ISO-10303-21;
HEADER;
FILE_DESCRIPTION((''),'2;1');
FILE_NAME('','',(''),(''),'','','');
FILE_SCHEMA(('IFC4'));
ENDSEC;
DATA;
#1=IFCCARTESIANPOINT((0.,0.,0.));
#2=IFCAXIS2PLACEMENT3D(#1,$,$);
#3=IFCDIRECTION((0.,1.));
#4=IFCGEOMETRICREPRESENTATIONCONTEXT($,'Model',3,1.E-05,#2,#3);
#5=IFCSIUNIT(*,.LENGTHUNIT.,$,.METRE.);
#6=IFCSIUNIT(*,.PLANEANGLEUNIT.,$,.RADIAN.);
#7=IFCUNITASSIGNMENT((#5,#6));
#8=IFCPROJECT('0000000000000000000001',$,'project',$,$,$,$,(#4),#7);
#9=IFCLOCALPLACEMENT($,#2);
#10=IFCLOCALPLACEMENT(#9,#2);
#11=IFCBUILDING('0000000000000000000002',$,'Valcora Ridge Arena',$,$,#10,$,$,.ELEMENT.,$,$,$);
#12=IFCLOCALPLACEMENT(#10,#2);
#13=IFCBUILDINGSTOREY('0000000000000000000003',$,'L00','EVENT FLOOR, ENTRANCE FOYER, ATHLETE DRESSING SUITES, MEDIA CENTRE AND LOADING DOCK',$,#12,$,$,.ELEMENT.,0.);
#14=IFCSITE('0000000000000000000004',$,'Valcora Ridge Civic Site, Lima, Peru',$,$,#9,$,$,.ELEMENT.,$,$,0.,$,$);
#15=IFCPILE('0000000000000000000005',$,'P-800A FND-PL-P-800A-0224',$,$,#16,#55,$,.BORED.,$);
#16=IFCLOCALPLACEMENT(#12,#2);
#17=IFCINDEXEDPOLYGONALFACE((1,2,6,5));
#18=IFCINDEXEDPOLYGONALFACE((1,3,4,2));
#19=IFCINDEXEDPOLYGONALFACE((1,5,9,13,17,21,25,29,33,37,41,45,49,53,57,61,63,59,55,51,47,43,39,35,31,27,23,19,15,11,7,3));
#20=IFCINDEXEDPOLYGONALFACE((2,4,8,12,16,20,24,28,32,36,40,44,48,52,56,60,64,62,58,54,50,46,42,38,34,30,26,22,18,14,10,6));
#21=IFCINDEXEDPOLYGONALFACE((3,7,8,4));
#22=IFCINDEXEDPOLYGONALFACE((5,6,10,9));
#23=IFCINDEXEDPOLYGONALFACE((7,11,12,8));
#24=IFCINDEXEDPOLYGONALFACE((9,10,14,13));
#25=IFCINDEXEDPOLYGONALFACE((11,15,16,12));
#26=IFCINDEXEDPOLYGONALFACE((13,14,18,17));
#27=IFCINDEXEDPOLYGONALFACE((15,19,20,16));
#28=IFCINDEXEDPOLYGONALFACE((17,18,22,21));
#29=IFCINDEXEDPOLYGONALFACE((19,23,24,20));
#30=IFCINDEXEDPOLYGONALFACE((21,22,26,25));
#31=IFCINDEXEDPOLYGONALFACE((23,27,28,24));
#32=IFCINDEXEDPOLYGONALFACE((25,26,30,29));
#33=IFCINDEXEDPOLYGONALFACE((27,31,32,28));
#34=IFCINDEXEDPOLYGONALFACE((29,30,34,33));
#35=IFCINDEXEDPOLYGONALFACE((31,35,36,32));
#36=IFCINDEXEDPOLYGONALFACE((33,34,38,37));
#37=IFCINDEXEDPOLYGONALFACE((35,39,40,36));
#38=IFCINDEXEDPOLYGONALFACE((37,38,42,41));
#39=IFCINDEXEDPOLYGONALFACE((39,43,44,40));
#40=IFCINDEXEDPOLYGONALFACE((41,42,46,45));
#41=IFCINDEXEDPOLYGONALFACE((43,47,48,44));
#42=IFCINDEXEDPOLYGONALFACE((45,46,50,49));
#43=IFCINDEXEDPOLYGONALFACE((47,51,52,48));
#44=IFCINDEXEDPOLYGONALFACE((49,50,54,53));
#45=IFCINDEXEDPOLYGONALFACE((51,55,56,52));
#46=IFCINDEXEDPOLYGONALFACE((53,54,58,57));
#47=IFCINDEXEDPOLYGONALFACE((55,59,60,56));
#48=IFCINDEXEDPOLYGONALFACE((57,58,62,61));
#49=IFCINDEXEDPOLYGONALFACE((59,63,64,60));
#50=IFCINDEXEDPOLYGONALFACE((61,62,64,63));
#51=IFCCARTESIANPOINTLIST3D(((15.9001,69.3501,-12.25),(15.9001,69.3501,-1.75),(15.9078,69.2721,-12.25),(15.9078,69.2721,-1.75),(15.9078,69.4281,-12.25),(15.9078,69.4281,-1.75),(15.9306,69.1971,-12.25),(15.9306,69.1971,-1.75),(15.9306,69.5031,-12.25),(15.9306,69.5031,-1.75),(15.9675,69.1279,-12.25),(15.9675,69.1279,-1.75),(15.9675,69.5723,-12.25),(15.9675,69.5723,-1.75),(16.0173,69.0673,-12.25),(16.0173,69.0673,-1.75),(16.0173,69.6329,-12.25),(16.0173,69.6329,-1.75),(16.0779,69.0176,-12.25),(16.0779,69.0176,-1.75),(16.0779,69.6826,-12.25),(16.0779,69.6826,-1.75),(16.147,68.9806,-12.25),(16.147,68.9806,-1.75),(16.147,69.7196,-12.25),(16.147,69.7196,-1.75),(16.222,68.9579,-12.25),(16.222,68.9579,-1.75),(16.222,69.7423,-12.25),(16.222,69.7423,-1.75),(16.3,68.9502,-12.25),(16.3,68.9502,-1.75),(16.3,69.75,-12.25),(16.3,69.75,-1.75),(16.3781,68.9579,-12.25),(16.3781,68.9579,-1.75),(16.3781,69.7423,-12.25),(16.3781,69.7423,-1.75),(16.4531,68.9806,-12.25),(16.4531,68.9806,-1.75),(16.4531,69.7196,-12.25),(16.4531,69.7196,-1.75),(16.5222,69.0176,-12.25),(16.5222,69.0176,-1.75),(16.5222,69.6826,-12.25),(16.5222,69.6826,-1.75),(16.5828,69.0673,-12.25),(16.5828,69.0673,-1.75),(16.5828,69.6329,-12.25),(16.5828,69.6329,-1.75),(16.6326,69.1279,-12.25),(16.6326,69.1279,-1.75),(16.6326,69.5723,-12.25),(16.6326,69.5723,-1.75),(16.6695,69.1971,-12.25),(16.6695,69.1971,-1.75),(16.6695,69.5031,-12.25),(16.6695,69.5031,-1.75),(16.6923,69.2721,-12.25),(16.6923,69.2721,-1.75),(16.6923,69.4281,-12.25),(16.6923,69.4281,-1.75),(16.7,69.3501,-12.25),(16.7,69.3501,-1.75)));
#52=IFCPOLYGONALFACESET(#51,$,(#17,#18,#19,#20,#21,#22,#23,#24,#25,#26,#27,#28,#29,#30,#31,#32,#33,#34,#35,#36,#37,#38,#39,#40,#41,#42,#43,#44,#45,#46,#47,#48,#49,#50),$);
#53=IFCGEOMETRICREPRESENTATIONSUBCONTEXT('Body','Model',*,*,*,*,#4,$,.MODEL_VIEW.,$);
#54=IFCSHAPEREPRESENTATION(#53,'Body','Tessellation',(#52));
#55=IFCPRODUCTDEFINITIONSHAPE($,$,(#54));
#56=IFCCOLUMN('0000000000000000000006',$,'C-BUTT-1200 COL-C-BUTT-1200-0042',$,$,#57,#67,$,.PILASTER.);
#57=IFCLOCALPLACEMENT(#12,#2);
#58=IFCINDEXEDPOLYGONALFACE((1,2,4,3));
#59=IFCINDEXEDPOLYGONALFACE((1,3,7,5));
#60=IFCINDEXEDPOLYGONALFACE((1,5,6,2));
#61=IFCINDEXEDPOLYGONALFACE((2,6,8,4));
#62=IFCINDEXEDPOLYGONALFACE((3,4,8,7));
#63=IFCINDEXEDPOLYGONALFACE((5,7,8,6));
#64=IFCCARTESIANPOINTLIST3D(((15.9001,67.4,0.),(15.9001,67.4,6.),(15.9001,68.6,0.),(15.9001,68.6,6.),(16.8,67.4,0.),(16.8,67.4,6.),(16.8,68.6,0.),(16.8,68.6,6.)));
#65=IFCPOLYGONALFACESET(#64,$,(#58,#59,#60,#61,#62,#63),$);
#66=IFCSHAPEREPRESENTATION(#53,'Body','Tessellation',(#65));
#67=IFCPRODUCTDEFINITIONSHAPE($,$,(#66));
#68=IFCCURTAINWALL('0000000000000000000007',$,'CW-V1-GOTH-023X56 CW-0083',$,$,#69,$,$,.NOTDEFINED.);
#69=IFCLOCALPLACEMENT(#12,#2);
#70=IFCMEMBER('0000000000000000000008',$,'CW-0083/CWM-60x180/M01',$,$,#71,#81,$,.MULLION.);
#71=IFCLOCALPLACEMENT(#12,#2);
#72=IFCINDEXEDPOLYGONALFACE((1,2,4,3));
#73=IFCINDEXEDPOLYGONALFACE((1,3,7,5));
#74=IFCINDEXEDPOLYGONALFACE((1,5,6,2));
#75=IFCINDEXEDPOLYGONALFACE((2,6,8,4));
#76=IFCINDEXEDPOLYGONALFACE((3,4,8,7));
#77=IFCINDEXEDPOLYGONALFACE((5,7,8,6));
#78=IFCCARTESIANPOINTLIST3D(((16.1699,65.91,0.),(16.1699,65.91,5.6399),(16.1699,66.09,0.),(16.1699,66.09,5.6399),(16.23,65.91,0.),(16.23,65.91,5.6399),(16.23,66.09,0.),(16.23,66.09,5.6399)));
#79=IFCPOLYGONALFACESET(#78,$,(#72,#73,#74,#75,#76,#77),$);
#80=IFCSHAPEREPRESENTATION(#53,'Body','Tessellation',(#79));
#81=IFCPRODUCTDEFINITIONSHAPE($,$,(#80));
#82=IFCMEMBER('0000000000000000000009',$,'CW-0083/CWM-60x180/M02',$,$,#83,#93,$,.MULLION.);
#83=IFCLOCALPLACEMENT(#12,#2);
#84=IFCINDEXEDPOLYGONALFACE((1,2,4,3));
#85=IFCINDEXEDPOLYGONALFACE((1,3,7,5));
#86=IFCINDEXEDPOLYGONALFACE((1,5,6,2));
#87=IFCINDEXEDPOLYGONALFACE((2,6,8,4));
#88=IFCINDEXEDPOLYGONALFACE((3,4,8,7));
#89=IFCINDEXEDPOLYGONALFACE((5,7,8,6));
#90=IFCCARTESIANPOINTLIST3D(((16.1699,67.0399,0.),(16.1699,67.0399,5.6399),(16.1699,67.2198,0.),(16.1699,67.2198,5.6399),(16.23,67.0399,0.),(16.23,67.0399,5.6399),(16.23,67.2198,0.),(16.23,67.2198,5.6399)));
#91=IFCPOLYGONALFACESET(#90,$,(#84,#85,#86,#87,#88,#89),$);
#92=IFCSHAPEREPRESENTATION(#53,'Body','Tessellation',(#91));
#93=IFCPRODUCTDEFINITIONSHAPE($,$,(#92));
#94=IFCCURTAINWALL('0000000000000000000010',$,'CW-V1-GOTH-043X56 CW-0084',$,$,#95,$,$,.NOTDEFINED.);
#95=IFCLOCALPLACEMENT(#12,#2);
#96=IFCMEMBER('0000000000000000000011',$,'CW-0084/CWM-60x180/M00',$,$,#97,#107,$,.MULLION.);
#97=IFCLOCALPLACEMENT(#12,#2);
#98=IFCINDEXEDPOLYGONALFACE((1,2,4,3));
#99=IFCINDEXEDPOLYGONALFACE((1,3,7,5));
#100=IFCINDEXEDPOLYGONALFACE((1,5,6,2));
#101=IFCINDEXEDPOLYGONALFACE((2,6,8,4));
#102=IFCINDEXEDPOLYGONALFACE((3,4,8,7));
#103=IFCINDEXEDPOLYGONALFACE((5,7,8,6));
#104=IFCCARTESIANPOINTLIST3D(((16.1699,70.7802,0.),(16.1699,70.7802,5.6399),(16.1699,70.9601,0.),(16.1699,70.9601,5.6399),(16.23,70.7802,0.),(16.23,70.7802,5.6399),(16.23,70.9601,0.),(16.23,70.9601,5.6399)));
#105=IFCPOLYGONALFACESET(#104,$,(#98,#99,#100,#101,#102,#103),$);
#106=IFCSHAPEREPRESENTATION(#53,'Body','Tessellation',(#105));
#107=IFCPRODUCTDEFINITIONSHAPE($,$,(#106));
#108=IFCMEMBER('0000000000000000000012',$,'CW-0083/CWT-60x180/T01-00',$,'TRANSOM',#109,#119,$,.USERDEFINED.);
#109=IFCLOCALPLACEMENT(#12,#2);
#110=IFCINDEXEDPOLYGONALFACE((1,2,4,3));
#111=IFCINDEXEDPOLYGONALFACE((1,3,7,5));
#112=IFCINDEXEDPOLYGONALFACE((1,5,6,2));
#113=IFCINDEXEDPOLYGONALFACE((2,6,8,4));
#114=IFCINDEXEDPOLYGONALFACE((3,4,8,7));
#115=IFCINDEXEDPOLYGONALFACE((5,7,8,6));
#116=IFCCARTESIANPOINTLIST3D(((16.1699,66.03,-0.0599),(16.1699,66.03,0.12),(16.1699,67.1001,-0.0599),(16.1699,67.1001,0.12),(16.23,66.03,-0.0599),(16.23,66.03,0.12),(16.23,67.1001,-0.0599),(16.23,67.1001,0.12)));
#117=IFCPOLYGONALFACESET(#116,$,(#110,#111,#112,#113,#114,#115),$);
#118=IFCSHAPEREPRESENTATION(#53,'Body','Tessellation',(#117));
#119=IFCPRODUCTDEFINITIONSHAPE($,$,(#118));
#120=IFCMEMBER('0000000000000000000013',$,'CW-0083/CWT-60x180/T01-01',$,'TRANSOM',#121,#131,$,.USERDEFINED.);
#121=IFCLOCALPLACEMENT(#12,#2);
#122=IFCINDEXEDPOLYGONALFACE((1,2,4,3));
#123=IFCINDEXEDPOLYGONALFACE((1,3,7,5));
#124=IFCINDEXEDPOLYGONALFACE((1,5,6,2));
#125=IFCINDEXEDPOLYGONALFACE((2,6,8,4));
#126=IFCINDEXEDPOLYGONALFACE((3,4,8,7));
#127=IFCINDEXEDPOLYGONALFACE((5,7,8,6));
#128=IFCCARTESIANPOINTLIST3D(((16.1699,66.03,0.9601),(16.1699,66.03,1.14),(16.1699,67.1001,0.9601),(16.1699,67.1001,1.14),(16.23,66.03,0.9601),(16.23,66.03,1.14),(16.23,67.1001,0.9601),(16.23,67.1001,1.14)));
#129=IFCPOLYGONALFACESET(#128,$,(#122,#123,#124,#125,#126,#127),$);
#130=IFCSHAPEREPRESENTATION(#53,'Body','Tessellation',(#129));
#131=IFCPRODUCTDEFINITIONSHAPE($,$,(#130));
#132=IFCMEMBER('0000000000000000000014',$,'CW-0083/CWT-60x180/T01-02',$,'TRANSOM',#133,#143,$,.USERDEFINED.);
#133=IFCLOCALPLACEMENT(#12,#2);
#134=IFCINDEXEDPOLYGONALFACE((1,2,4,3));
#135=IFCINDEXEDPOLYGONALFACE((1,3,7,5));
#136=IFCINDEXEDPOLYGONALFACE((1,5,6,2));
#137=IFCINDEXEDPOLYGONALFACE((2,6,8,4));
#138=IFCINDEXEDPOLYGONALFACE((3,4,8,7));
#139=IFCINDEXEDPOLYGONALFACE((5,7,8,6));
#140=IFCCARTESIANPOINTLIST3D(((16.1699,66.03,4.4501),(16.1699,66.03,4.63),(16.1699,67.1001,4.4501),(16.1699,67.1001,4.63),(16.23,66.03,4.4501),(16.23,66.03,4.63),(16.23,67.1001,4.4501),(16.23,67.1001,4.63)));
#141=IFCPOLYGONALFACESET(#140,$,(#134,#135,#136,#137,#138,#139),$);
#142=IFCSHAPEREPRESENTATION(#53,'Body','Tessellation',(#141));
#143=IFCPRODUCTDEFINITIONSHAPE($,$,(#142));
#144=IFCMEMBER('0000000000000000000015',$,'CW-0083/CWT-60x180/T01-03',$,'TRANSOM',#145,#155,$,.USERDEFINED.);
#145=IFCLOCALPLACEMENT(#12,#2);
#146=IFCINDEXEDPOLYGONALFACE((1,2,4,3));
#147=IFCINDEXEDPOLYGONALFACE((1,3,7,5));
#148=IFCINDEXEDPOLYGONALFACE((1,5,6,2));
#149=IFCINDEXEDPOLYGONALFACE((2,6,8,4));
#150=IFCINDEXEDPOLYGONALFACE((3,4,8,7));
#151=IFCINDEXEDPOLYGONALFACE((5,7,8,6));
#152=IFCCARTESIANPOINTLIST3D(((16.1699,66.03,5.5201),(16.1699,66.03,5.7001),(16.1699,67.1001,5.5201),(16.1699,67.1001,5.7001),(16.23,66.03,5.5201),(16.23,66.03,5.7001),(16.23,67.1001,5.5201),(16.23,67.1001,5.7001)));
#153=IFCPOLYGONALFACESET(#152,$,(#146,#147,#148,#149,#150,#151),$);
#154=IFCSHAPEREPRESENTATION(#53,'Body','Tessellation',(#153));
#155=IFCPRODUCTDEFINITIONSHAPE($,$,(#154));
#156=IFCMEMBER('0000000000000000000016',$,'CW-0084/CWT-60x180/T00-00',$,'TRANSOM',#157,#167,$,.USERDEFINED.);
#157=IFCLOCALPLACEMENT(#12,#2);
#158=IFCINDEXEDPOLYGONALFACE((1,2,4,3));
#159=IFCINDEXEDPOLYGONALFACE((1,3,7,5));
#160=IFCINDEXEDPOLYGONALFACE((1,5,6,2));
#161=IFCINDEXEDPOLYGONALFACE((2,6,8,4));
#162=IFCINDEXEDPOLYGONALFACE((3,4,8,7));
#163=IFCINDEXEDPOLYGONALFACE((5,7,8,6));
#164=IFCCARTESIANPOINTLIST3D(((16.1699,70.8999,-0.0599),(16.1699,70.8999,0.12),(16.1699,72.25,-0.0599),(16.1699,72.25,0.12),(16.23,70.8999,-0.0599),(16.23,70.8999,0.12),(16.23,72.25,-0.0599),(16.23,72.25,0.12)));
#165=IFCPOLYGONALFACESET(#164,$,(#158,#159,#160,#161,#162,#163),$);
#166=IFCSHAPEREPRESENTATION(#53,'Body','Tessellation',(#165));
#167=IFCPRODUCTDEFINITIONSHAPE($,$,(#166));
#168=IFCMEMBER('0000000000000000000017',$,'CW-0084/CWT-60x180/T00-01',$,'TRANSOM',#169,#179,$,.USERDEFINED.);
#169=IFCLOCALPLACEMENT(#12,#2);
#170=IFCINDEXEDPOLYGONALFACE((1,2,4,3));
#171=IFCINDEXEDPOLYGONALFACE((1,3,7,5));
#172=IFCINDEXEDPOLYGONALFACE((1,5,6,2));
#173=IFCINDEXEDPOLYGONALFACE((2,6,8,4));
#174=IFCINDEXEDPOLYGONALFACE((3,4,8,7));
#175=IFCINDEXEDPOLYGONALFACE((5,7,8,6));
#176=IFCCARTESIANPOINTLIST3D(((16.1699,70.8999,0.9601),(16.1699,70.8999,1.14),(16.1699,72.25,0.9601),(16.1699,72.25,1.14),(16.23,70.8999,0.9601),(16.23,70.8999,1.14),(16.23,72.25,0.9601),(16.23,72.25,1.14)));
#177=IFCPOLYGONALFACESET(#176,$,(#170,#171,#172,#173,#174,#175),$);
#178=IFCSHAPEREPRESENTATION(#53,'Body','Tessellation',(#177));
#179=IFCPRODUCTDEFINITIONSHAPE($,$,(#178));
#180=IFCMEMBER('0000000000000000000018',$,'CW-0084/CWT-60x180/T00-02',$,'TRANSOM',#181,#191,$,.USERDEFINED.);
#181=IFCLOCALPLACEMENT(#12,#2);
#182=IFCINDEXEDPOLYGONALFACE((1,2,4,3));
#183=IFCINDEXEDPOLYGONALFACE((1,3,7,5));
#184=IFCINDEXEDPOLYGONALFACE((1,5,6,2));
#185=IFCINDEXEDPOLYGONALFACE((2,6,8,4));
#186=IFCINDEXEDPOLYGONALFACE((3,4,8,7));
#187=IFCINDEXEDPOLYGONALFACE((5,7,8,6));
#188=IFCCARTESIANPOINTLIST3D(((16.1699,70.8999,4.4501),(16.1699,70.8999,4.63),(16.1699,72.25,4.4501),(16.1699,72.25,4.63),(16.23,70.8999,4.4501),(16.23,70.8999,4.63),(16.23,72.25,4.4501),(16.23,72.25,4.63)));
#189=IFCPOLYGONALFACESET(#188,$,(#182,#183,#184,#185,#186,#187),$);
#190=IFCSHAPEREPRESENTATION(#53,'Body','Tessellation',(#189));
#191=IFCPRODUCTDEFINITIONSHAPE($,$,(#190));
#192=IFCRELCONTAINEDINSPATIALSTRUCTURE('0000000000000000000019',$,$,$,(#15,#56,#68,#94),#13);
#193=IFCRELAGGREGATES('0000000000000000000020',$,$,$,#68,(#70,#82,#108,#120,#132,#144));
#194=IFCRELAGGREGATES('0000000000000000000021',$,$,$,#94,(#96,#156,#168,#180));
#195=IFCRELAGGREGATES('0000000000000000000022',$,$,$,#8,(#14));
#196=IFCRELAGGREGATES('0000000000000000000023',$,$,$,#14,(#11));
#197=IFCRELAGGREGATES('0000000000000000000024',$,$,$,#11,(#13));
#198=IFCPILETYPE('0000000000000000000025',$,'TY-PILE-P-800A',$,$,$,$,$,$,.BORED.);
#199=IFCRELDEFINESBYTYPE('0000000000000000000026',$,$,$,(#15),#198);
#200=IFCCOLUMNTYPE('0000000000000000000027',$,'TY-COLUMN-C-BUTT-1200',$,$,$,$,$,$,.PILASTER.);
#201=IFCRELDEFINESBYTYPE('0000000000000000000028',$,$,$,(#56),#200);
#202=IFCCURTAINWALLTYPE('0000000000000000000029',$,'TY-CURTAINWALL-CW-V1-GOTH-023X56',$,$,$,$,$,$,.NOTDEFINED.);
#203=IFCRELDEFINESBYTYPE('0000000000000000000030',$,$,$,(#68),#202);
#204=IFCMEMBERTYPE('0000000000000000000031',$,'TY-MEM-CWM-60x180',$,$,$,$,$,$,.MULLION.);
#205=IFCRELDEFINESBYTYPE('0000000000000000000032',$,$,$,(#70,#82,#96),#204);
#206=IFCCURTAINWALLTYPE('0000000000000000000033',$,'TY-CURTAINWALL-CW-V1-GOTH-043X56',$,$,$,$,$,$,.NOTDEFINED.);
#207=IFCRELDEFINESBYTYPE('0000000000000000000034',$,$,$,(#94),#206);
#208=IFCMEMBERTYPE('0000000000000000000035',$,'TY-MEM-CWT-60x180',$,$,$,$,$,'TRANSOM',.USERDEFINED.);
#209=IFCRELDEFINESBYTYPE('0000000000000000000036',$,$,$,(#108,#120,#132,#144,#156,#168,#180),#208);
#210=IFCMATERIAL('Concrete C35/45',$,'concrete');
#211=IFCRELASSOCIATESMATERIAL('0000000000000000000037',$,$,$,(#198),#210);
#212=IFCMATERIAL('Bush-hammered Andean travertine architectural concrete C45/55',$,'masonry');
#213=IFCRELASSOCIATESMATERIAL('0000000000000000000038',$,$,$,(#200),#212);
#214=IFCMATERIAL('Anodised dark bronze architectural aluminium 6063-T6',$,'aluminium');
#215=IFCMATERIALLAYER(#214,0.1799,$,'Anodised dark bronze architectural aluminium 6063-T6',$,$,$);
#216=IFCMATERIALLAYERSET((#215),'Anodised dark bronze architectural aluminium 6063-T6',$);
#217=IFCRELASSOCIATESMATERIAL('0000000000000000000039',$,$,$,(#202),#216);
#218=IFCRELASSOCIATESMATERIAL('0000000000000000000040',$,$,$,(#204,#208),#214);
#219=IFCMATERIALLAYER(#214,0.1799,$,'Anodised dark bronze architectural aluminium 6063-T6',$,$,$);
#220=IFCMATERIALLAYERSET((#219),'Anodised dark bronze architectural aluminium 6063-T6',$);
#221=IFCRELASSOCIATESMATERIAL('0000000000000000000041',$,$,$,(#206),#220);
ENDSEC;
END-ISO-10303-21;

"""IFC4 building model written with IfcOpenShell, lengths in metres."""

from ifc_helpers import new_model, si_unit, direction, frame, origin, origin_2d, place, context, subcontext, project, spatial, rectangle, circle, extrude, material, layer, layer_set, material_profile, profile_set, type_object, element, aggregate, save


model = new_model("IFC4")

# Units and contexts
model_context = context("Model", 3, precision=1e-05, world=origin(), true_north=direction((0.0, 1.0)))
body_context = subcontext(model_context, "Body", "Model", "MODEL_VIEW")
ifc_project = project(units=[si_unit("LENGTHUNIT", "METRE"), si_unit("PLANEANGLEUNIT", "RADIAN")], contexts=[model_context])

# Site, building, storey
site_placement = place(None, origin())
site = spatial("IfcSite", under=ifc_project, at=site_placement, Name="Valcora Ridge Civic Site, Lima, Peru", CompositionType="ELEMENT", RefElevation=0.0)
building_placement = place(site_placement, origin())
building = spatial("IfcBuilding", under=site, at=building_placement, Name="Valcora Ridge Arena", CompositionType="ELEMENT")
storey_placement = place(building_placement, origin())
storey = spatial("IfcBuildingStorey", under=building, at=storey_placement, Name="L00", Description="EVENT FLOOR, ENTRANCE FOYER, ATHLETE DRESSING SUITES, MEDIA CENTRE AND LOADING DOCK", CompositionType="ELEMENT", Elevation=0.0)

# Pile
ifc_material_1 = material(Name="Concrete C35/45", Category="concrete")
ifc_material_profile_1 = material_profile(ifc_material_1, circle(Radius=0.3999, at=origin_2d()), Name="BORED PILE D800")
ifc_profile_set_1 = profile_set([ifc_material_profile_1], Name="Concrete C35/45")
pile_type = type_object("IfcPileType", Name="TY-PILE-P-800A", PredefinedType="BORED", material=ifc_profile_set_1)
pile_placement = place(storey_placement, frame((16.3, 69.3501, -1.75), z_axis=(0.0, 0.0, -1.0), x_axis=(1.0, 0.0, 0.0)))
element("IfcPile", 1, at=pile_placement, inside=storey, type_object=pile_type, Name="P-800A FND-PL-P-800A-0224", PredefinedType="BORED", context=body_context, shape_type="SweptSolid", body=[
    extrude(circle(Radius=0.3999, at=origin_2d()), origin(), (0.0, 0.0, 1.0), 10.5),
])

# Column
ifc_material_2 = material(Name="Bush-hammered Andean travertine architectural concrete C45/55", Category="masonry")
ifc_material_profile_2 = material_profile(ifc_material_2, rectangle(XDim=0.8999, YDim=1.2, at=origin_2d()), Name="RC 900x1200")
ifc_profile_set_2 = profile_set([ifc_material_profile_2], Name="Bush-hammered Andean travertine architectural concrete C45/55")
column_type = type_object("IfcColumnType", Name="TY-COLUMN-C-BUTT-1200", PredefinedType="PILASTER", material=ifc_profile_set_2)
column_placement = place(storey_placement, frame((16.3501, 68.0, 0.0), z_axis=(0.0, 0.0, 1.0), x_axis=(1.0, 0.0, 0.0)))
element("IfcColumn", 2, at=column_placement, inside=storey, type_object=column_type, Name="C-BUTT-1200 COL-C-BUTT-1200-0042", PredefinedType="PILASTER", context=body_context, shape_type="SweptSolid", body=[
    extrude(rectangle(XDim=0.8999, YDim=1.2, at=origin_2d()), origin(), (0.0, 0.0, 1.0), 6.0),
])

# Curtain wall, members
ifc_material_3 = material(Name="Anodised dark bronze architectural aluminium 6063-T6", Category="aluminium")
ifc_layer_1 = layer(ifc_material_3, 0.1799, Name="Anodised dark bronze architectural aluminium 6063-T6")
ifc_layer_set_1 = layer_set([ifc_layer_1], Name="Anodised dark bronze architectural aluminium 6063-T6")
curtain_wall_type_1 = type_object("IfcCurtainWallType", Name="TY-CURTAINWALL-CW-V1-GOTH-023X56", PredefinedType="NOTDEFINED", material=ifc_layer_set_1)
curtain_wall_1_placement = place(storey_placement, origin())
curtain_wall_1 = element("IfcCurtainWall", 3, at=curtain_wall_1_placement, inside=storey, type_object=curtain_wall_type_1, Name="CW-V1-GOTH-023X56 CW-0083", PredefinedType="NOTDEFINED")
ifc_material_profile_3 = material_profile(ifc_material_3, rectangle(XDim=0.0601, YDim=0.1799, at=origin_2d()), Name="ALU MULLION 60x180")
ifc_profile_set_3 = profile_set([ifc_material_profile_3], Name="Anodised dark bronze architectural aluminium 6063-T6")
member_type_1 = type_object("IfcMemberType", Name="TY-MEM-CWM-60x180", PredefinedType="MULLION", material=ifc_profile_set_3)
member_1_placement = place(storey_placement, frame((16.2, 66.0, 0.0), z_axis=(0.0, 0.0, 1.0), x_axis=(-1.0, 0.0, 0.0)))
member_1 = element("IfcMember", 4, at=member_1_placement, type_object=member_type_1, Name="CW-0083/CWM-60x180/M01", PredefinedType="MULLION", context=body_context, shape_type="SweptSolid", body=[
    extrude(rectangle(XDim=0.0601, YDim=0.1799, at=origin_2d()), origin(), (0.0, 0.0, 1.0), 5.6399),
])
member_2_placement = place(storey_placement, frame((16.2, 67.1299, 0.0), z_axis=(0.0, 0.0, 1.0), x_axis=(-1.0, 0.0, 0.0)))
member_2 = element("IfcMember", 5, at=member_2_placement, type_object=member_type_1, Name="CW-0083/CWM-60x180/M02", PredefinedType="MULLION", context=body_context, shape_type="SweptSolid", body=[
    extrude(rectangle(XDim=0.0601, YDim=0.1799, at=origin_2d()), origin(), (0.0, 0.0, 1.0), 5.6399),
])

# Curtain wall, member
ifc_layer_2 = layer(ifc_material_3, 0.1799, Name="Anodised dark bronze architectural aluminium 6063-T6")
ifc_layer_set_2 = layer_set([ifc_layer_2], Name="Anodised dark bronze architectural aluminium 6063-T6")
curtain_wall_type_2 = type_object("IfcCurtainWallType", Name="TY-CURTAINWALL-CW-V1-GOTH-043X56", PredefinedType="NOTDEFINED", material=ifc_layer_set_2)
curtain_wall_2_placement = place(storey_placement, origin())
curtain_wall_2 = element("IfcCurtainWall", 6, at=curtain_wall_2_placement, inside=storey, type_object=curtain_wall_type_2, Name="CW-V1-GOTH-043X56 CW-0084", PredefinedType="NOTDEFINED")
member_3_placement = place(storey_placement, frame((16.2, 70.8701, 0.0), z_axis=(0.0, 0.0, 1.0), x_axis=(-1.0, 0.0, 0.0)))
member_3 = element("IfcMember", 7, at=member_3_placement, type_object=member_type_1, Name="CW-0084/CWM-60x180/M00", PredefinedType="MULLION", context=body_context, shape_type="SweptSolid", body=[
    extrude(rectangle(XDim=0.0601, YDim=0.1799, at=origin_2d()), origin(), (0.0, 0.0, 1.0), 5.6399),
])

# Members
ifc_material_profile_4 = material_profile(ifc_material_3, rectangle(XDim=0.0601, YDim=0.1799, at=origin_2d()), Name="ALU TRANSOM 60x180")
ifc_profile_set_4 = profile_set([ifc_material_profile_4], Name="Anodised dark bronze architectural aluminium 6063-T6")
member_type_2 = type_object("IfcMemberType", Name="TY-MEM-CWT-60x180", ElementType="TRANSOM", PredefinedType="USERDEFINED", material=ifc_profile_set_4)
member_4_placement = place(storey_placement, frame((16.2, 66.03, 0.03), z_axis=(0.0, 1.0, 0.0), x_axis=(-1.0, 0.0, 0.0)))
member_4 = element("IfcMember", 8, at=member_4_placement, type_object=member_type_2, Name="CW-0083/CWT-60x180/T01-00", ObjectType="TRANSOM", PredefinedType="USERDEFINED", context=body_context, shape_type="SweptSolid", body=[
    extrude(rectangle(XDim=0.0601, YDim=0.1799, at=origin_2d()), origin(), (0.0, 0.0, 1.0), 1.0701),
])
member_5_placement = place(storey_placement, frame((16.2, 66.03, 1.05), z_axis=(0.0, 1.0, 0.0), x_axis=(-1.0, 0.0, 0.0)))
member_5 = element("IfcMember", 9, at=member_5_placement, type_object=member_type_2, Name="CW-0083/CWT-60x180/T01-01", ObjectType="TRANSOM", PredefinedType="USERDEFINED", context=body_context, shape_type="SweptSolid", body=[
    extrude(rectangle(XDim=0.0601, YDim=0.1799, at=origin_2d()), origin(), (0.0, 0.0, 1.0), 1.0701),
])
member_6_placement = place(storey_placement, frame((16.2, 66.03, 4.54), z_axis=(0.0, 1.0, 0.0), x_axis=(-1.0, 0.0, 0.0)))
member_6 = element("IfcMember", 10, at=member_6_placement, type_object=member_type_2, Name="CW-0083/CWT-60x180/T01-02", ObjectType="TRANSOM", PredefinedType="USERDEFINED", context=body_context, shape_type="SweptSolid", body=[
    extrude(rectangle(XDim=0.0601, YDim=0.1799, at=origin_2d()), origin(), (0.0, 0.0, 1.0), 1.0701),
])
member_7_placement = place(storey_placement, frame((16.2, 66.03, 5.6101), z_axis=(0.0, 1.0, 0.0), x_axis=(-1.0, 0.0, 0.0)))
member_7 = element("IfcMember", 11, at=member_7_placement, type_object=member_type_2, Name="CW-0083/CWT-60x180/T01-03", ObjectType="TRANSOM", PredefinedType="USERDEFINED", context=body_context, shape_type="SweptSolid", body=[
    extrude(rectangle(XDim=0.0601, YDim=0.1799, at=origin_2d()), origin(), (0.0, 0.0, 1.0), 1.0701),
])
member_8_placement = place(storey_placement, frame((16.2, 70.8999, 0.03), z_axis=(0.0, 1.0, 0.0), x_axis=(-1.0, 0.0, 0.0)))
member_8 = element("IfcMember", 12, at=member_8_placement, type_object=member_type_2, Name="CW-0084/CWT-60x180/T00-00", ObjectType="TRANSOM", PredefinedType="USERDEFINED", context=body_context, shape_type="SweptSolid", body=[
    extrude(rectangle(XDim=0.0601, YDim=0.1799, at=origin_2d()), origin(), (0.0, 0.0, 1.0), 1.3501),
])
member_9_placement = place(storey_placement, frame((16.2, 70.8999, 1.05), z_axis=(0.0, 1.0, 0.0), x_axis=(-1.0, 0.0, 0.0)))
member_9 = element("IfcMember", 13, at=member_9_placement, type_object=member_type_2, Name="CW-0084/CWT-60x180/T00-01", ObjectType="TRANSOM", PredefinedType="USERDEFINED", context=body_context, shape_type="SweptSolid", body=[
    extrude(rectangle(XDim=0.0601, YDim=0.1799, at=origin_2d()), origin(), (0.0, 0.0, 1.0), 1.3501),
])
member_10_placement = place(storey_placement, frame((16.2, 70.8999, 4.54), z_axis=(0.0, 1.0, 0.0), x_axis=(-1.0, 0.0, 0.0)))
member_10 = element("IfcMember", 14, at=member_10_placement, type_object=member_type_2, Name="CW-0084/CWT-60x180/T00-02", ObjectType="TRANSOM", PredefinedType="USERDEFINED", context=body_context, shape_type="SweptSolid", body=[
    extrude(rectangle(XDim=0.0601, YDim=0.1799, at=origin_2d()), origin(), (0.0, 0.0, 1.0), 1.3501),
])

aggregate(curtain_wall_1, [member_1, member_2, member_4, member_5, member_6, member_7])
aggregate(curtain_wall_2, [member_3, member_8, member_9, member_10])

save(model, "model.ifc")
